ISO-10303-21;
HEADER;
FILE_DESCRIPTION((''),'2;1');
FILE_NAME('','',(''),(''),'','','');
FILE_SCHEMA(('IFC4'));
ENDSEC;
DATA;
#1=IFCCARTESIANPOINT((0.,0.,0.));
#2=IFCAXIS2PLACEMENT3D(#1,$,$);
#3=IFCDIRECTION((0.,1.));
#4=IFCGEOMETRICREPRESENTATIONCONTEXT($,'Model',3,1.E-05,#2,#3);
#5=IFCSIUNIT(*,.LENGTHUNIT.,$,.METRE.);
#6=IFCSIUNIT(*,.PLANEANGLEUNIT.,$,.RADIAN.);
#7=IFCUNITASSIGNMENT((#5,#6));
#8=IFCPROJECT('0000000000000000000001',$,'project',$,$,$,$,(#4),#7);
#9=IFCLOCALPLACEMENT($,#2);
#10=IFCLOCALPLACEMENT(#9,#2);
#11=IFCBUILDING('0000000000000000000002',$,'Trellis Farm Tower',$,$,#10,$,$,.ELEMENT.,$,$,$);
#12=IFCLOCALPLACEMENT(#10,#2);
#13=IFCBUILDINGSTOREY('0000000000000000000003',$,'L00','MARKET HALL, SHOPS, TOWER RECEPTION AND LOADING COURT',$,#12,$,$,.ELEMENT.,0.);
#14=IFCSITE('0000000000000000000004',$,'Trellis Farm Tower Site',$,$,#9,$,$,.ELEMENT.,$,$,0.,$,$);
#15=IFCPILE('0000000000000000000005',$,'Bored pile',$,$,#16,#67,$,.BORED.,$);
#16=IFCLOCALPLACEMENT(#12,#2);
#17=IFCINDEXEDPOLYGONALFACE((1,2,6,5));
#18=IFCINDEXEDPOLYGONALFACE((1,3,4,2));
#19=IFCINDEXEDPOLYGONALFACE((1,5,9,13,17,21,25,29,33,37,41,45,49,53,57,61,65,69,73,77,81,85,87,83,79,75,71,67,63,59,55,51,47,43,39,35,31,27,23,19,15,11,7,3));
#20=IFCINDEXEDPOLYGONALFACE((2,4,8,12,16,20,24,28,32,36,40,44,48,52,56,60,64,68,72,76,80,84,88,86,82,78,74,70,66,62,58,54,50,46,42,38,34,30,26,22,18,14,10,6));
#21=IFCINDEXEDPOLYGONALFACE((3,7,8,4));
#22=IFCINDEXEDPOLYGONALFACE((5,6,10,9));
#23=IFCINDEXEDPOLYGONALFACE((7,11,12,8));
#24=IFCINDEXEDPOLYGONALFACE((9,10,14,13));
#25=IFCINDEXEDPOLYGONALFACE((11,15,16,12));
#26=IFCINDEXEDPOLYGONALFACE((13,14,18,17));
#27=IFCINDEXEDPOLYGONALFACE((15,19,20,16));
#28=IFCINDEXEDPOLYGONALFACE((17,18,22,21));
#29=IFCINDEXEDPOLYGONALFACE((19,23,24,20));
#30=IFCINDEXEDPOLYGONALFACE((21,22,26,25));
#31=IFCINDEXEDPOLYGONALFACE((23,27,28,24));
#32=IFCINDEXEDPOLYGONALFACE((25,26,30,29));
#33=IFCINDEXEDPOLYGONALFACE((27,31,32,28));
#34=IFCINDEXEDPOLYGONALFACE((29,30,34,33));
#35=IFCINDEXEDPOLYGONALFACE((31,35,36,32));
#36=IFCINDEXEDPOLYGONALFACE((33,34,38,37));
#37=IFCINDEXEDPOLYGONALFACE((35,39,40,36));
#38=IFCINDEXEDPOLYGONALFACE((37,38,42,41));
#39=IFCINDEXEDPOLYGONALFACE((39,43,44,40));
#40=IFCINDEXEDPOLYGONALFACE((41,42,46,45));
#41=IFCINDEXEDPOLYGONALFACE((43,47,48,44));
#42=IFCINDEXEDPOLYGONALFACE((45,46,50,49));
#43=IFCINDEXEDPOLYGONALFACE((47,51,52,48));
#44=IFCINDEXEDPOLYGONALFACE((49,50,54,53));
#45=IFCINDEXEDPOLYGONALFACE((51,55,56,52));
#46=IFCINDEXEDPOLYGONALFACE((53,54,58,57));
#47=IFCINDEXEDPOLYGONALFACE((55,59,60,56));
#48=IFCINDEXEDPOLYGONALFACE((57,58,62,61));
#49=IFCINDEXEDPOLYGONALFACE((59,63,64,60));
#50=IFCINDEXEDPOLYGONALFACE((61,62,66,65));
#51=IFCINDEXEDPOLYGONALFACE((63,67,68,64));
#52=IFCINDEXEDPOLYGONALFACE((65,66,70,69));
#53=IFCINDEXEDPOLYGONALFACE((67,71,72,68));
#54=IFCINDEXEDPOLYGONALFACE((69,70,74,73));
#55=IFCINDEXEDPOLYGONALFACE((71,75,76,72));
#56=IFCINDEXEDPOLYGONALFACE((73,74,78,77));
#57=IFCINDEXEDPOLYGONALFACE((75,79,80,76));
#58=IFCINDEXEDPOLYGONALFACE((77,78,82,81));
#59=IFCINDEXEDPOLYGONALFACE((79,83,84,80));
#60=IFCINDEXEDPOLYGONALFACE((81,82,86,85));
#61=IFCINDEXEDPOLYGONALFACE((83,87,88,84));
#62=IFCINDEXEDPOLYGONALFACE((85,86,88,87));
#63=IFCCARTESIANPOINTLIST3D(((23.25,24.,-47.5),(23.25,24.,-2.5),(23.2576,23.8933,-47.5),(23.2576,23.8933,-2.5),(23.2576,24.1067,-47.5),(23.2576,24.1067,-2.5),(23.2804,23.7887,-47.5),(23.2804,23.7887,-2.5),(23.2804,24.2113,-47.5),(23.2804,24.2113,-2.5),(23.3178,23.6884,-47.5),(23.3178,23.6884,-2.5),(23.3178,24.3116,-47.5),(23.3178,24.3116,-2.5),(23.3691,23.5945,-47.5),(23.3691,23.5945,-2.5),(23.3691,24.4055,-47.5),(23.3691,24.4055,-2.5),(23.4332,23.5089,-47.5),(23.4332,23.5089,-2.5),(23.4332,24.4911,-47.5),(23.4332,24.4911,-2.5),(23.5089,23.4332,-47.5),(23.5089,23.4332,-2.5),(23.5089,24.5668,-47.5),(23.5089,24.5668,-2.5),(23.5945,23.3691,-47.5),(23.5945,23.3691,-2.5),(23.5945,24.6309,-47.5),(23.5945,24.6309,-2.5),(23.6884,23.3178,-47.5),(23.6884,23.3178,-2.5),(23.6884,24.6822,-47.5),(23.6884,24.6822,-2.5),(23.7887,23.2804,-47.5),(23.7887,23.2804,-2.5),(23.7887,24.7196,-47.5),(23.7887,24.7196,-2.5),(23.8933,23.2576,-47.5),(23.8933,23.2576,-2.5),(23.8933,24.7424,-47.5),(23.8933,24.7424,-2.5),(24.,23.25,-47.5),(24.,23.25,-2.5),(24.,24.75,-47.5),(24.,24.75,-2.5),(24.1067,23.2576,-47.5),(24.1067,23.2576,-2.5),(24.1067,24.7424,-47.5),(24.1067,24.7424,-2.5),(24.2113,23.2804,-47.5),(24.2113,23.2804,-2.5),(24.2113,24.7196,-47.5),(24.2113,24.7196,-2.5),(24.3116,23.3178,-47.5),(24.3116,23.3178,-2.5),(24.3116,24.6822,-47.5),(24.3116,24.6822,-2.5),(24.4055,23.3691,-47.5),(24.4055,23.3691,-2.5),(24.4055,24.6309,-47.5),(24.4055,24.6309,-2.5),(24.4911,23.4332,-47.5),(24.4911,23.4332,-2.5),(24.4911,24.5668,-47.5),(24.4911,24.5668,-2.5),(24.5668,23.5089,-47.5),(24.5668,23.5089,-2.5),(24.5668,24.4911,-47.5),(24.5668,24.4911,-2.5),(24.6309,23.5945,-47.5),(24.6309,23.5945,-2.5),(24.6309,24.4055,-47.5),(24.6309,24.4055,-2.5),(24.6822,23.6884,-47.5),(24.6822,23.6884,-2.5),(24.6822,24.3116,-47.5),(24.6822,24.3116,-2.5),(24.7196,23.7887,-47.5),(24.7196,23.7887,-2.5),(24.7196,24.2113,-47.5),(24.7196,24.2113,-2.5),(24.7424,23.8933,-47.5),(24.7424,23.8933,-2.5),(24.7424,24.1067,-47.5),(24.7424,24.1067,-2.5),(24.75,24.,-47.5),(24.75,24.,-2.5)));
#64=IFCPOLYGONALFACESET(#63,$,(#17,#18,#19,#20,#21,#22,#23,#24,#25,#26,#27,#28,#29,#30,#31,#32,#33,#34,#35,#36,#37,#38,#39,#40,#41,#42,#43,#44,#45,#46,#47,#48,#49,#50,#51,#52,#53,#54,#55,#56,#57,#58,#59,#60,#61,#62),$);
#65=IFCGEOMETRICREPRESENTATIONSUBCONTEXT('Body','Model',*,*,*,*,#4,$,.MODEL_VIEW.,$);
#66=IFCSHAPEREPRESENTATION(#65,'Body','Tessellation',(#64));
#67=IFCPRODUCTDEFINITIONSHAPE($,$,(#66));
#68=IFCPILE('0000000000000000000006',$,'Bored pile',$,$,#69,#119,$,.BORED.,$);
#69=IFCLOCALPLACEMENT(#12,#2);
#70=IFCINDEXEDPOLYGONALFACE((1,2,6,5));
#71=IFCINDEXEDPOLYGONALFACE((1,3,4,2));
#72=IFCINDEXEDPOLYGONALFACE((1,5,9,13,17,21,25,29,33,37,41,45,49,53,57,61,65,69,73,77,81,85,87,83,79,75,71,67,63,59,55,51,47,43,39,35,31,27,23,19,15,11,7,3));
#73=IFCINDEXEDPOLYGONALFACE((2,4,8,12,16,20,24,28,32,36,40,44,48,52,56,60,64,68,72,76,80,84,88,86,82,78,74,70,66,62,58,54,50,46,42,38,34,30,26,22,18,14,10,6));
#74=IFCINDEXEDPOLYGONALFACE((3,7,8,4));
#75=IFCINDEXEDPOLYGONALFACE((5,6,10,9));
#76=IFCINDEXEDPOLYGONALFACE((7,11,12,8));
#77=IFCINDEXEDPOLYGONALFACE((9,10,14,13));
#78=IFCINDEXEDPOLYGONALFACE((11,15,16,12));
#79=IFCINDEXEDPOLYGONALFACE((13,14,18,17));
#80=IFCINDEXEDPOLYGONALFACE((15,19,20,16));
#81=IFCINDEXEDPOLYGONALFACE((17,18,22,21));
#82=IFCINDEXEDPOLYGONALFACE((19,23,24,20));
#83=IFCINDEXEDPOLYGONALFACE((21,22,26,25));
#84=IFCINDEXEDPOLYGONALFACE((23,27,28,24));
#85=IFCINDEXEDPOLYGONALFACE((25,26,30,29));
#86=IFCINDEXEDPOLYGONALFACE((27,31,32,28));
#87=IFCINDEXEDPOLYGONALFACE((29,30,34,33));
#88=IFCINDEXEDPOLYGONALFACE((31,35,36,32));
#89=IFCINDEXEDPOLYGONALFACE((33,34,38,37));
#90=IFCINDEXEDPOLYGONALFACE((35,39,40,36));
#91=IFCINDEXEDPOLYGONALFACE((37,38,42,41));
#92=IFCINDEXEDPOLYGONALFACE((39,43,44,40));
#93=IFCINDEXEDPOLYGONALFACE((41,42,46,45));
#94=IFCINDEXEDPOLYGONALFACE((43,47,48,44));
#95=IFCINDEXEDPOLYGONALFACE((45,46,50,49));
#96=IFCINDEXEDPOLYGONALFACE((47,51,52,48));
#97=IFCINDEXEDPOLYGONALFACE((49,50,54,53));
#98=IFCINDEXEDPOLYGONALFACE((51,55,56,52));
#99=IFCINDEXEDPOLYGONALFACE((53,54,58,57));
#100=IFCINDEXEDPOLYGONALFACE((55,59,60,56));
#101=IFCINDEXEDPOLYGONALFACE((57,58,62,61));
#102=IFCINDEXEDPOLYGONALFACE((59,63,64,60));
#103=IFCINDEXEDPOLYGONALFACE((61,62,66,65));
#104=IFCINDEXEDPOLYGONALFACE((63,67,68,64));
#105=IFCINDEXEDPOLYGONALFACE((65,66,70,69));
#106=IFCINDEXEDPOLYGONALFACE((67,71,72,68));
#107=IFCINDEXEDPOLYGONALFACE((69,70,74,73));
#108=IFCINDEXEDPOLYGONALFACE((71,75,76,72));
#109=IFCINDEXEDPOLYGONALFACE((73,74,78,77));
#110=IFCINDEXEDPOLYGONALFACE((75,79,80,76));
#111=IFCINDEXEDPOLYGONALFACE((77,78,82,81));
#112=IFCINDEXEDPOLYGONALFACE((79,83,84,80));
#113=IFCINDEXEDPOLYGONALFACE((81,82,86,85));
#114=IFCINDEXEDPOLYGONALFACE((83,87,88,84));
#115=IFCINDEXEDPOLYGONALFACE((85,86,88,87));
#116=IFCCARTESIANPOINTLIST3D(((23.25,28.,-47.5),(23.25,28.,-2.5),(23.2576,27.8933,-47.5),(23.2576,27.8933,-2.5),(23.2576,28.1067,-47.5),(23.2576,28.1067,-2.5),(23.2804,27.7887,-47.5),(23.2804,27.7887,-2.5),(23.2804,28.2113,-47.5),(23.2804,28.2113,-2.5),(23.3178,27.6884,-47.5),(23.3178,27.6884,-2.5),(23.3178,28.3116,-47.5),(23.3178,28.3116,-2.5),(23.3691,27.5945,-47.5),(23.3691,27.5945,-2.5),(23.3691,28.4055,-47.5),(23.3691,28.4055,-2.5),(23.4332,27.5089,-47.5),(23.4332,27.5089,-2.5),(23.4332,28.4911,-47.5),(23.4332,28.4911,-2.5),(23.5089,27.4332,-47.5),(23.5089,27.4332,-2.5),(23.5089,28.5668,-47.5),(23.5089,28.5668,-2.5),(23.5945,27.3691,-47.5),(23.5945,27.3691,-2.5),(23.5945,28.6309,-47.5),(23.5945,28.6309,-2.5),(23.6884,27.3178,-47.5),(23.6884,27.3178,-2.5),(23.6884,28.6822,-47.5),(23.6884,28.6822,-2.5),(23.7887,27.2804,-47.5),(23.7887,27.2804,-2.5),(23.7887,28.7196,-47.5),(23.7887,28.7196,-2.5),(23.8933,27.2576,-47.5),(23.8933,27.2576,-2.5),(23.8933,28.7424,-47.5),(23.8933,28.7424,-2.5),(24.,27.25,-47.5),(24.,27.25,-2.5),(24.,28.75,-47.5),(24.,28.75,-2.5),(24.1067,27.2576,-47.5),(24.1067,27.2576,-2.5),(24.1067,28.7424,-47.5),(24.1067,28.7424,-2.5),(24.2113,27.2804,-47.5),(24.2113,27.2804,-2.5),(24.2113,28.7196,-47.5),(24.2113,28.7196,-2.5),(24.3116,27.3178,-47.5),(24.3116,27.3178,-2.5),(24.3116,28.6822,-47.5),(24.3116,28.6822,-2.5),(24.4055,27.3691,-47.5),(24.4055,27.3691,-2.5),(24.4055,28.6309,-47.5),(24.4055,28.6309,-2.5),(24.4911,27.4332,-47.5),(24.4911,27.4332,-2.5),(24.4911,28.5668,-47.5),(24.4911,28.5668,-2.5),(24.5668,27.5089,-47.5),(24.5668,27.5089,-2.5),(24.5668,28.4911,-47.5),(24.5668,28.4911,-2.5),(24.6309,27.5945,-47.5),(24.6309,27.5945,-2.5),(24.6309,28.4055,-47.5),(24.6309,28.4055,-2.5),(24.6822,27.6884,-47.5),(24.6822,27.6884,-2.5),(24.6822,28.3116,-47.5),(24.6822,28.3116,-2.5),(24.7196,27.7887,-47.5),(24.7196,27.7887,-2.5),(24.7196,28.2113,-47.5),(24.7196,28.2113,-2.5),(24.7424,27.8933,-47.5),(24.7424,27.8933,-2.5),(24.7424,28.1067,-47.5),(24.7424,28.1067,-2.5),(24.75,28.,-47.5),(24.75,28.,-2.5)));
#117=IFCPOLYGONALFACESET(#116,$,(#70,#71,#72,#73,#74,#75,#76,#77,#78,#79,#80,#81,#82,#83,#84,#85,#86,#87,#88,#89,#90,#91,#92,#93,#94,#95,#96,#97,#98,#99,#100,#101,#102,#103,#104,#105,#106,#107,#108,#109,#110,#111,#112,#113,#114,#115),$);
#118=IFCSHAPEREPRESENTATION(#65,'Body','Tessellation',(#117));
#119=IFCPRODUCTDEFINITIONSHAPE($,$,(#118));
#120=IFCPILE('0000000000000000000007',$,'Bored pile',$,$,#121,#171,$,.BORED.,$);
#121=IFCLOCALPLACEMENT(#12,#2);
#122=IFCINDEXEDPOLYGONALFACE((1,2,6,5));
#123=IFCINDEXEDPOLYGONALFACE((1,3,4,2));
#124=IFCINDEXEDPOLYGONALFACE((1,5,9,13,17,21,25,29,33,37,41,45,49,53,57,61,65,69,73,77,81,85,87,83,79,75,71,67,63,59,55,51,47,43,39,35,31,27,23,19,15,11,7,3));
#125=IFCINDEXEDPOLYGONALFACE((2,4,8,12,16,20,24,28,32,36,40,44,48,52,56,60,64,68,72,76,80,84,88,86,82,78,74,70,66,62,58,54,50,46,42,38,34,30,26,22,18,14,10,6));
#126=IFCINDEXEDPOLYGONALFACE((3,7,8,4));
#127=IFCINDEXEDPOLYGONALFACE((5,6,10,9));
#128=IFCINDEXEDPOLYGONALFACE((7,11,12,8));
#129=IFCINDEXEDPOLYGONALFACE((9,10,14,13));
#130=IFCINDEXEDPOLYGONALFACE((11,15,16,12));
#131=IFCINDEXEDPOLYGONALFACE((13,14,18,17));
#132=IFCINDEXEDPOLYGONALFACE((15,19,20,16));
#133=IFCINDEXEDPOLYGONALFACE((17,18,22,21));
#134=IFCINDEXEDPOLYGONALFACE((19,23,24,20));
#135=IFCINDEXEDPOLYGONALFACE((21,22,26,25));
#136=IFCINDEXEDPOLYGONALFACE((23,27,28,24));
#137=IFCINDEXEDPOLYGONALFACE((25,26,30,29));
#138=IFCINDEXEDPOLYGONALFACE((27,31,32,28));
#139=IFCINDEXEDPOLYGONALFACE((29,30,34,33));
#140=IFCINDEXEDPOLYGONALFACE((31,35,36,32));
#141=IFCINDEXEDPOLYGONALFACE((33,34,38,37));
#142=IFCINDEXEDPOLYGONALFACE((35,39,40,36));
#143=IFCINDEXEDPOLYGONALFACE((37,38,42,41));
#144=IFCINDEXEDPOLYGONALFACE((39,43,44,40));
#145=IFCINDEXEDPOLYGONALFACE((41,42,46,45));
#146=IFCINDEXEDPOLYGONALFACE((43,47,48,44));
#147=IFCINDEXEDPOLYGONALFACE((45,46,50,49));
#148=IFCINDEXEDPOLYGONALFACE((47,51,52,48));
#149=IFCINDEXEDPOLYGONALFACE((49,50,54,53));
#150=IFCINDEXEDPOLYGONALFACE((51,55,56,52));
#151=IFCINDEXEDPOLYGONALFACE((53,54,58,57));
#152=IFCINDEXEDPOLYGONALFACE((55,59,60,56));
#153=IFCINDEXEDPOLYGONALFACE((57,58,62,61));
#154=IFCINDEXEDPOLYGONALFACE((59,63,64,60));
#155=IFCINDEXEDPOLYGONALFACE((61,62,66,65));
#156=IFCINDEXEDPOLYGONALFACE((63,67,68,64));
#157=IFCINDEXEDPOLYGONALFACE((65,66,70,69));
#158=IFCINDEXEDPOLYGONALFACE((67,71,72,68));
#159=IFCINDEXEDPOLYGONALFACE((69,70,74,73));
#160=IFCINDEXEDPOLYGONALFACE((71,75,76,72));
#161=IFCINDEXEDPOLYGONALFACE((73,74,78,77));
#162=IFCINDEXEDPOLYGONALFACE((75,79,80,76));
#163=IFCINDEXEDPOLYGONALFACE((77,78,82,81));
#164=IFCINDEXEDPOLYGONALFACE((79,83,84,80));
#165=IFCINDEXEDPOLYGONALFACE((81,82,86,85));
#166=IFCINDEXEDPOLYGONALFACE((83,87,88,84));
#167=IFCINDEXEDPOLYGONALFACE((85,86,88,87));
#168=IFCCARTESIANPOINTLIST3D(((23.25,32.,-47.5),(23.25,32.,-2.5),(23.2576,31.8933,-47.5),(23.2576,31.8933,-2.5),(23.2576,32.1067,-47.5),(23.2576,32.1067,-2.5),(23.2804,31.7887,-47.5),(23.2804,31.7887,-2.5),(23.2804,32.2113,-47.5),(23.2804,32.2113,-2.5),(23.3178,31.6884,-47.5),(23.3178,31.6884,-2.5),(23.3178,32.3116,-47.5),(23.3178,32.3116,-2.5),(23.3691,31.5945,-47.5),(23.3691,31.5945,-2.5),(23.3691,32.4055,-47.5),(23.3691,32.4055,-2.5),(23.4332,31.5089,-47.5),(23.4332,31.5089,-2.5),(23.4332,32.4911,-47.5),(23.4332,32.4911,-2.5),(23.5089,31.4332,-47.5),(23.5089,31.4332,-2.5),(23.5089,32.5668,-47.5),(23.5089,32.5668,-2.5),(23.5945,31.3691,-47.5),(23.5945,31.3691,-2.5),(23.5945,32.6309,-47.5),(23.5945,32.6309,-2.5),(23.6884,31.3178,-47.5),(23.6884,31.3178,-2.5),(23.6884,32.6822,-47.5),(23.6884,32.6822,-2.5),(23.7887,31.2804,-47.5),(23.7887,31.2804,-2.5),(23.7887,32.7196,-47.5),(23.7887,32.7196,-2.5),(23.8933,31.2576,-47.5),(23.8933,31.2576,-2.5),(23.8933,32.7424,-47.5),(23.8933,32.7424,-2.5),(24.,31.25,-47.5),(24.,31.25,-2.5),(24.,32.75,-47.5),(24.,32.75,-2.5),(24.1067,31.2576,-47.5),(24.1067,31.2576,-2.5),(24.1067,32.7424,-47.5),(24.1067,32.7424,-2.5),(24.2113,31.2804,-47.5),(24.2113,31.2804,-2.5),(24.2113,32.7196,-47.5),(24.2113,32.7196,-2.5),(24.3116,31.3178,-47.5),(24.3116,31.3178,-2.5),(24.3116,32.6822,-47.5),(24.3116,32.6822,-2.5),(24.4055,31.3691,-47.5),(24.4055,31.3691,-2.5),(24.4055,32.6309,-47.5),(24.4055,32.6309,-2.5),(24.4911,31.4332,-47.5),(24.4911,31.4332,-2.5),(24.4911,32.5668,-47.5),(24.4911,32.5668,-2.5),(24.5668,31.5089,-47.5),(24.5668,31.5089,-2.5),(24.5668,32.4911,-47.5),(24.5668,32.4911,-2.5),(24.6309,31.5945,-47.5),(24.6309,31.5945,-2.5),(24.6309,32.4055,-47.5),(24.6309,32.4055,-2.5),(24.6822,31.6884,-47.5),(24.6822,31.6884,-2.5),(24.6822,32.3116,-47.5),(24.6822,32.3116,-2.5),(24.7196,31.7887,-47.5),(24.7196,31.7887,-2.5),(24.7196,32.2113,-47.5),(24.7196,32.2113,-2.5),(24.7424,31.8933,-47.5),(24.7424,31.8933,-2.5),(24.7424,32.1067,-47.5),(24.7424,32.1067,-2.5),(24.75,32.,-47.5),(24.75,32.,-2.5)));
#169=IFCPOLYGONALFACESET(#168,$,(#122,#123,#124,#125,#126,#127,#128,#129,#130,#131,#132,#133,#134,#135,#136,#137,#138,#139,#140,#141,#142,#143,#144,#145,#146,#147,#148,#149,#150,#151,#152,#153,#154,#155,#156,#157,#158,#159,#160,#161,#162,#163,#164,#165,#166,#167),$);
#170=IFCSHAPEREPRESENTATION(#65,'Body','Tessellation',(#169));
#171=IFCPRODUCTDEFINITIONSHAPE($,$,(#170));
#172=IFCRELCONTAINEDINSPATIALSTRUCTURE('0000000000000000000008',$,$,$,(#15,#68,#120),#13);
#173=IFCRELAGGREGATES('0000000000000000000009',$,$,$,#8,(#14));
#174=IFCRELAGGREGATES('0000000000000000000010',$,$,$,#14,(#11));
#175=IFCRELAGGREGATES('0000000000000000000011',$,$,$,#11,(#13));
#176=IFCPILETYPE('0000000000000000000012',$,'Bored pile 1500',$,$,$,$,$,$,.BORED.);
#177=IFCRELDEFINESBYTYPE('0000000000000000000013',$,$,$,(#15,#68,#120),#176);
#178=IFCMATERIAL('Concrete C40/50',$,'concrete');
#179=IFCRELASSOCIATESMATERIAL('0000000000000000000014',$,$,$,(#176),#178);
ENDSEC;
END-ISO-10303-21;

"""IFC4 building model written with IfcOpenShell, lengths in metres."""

from ifc_helpers import new_model, si_unit, direction, frame, origin, origin_2d, place, context, subcontext, project, spatial, circle, extrude, source, transform, mapped, material, material_profile, profile_set, type_object, element, save


model = new_model("IFC4")

# Units and contexts
model_context = context("Model", 3, precision=1e-05, world=origin(), true_north=direction((0.0, 1.0)))
body_context = subcontext(model_context, "Body", "Model", "MODEL_VIEW")
ifc_project = project(units=[si_unit("LENGTHUNIT", "METRE"), si_unit("PLANEANGLEUNIT", "RADIAN")], contexts=[model_context])

# Site, building, storey
site_placement = place(None, origin())
site = spatial("IfcSite", under=ifc_project, at=site_placement, Name="Trellis Farm Tower Site", CompositionType="ELEMENT", RefElevation=0.0)
building_placement = place(site_placement, origin())
building = spatial("IfcBuilding", under=site, at=building_placement, Name="Trellis Farm Tower", CompositionType="ELEMENT")
storey_placement = place(building_placement, origin())
storey = spatial("IfcBuildingStorey", under=building, at=storey_placement, Name="L00", Description="MARKET HALL, SHOPS, TOWER RECEPTION AND LOADING COURT", CompositionType="ELEMENT", Elevation=0.0)

# Piles
ifc_material_1 = material(Name="Concrete C40/50", Category="concrete")
ifc_material_profile = material_profile(ifc_material_1, circle(Radius=0.75, at=origin_2d()), Name="Bored pile 1500")
ifc_profile_set = profile_set([ifc_material_profile], Name="Concrete C40/50")
pile_type = type_object("IfcPileType", Name="Bored pile 1500", PredefinedType="BORED", material=ifc_profile_set)
shared_shape_1 = source(origin(), body_context, "Body", "SweptSolid", [
    extrude(circle(Radius=0.75, at=origin_2d()), origin(), (0.0, 0.0, 1.0), 45.0),
])
for number, where, z_axis, x_axis, name in (
    (1, (24.0, 24.0, -2.5), (0.0, 0.0, -1.0), (1.0, 0.0, 0.0), "Bored pile"),
    (2, (24.0, 28.0, -2.5), (0.0, 0.0, -1.0), (1.0, 0.0, 0.0), "Bored pile"),
    (3, (24.0, 32.0, -2.5), (0.0, 0.0, -1.0), (1.0, 0.0, 0.0), "Bored pile"),
):
    element("IfcPile", number, at=place(storey_placement, frame(where, z_axis=z_axis, x_axis=x_axis)), inside=storey, type_object=pile_type, Name=name, PredefinedType="BORED", context=body_context, shape_type="MappedRepresentation", body=[
        mapped(shared_shape_1, transform((0.0, 0.0, 0.0))),
    ])

save(model, "model.ifc")
